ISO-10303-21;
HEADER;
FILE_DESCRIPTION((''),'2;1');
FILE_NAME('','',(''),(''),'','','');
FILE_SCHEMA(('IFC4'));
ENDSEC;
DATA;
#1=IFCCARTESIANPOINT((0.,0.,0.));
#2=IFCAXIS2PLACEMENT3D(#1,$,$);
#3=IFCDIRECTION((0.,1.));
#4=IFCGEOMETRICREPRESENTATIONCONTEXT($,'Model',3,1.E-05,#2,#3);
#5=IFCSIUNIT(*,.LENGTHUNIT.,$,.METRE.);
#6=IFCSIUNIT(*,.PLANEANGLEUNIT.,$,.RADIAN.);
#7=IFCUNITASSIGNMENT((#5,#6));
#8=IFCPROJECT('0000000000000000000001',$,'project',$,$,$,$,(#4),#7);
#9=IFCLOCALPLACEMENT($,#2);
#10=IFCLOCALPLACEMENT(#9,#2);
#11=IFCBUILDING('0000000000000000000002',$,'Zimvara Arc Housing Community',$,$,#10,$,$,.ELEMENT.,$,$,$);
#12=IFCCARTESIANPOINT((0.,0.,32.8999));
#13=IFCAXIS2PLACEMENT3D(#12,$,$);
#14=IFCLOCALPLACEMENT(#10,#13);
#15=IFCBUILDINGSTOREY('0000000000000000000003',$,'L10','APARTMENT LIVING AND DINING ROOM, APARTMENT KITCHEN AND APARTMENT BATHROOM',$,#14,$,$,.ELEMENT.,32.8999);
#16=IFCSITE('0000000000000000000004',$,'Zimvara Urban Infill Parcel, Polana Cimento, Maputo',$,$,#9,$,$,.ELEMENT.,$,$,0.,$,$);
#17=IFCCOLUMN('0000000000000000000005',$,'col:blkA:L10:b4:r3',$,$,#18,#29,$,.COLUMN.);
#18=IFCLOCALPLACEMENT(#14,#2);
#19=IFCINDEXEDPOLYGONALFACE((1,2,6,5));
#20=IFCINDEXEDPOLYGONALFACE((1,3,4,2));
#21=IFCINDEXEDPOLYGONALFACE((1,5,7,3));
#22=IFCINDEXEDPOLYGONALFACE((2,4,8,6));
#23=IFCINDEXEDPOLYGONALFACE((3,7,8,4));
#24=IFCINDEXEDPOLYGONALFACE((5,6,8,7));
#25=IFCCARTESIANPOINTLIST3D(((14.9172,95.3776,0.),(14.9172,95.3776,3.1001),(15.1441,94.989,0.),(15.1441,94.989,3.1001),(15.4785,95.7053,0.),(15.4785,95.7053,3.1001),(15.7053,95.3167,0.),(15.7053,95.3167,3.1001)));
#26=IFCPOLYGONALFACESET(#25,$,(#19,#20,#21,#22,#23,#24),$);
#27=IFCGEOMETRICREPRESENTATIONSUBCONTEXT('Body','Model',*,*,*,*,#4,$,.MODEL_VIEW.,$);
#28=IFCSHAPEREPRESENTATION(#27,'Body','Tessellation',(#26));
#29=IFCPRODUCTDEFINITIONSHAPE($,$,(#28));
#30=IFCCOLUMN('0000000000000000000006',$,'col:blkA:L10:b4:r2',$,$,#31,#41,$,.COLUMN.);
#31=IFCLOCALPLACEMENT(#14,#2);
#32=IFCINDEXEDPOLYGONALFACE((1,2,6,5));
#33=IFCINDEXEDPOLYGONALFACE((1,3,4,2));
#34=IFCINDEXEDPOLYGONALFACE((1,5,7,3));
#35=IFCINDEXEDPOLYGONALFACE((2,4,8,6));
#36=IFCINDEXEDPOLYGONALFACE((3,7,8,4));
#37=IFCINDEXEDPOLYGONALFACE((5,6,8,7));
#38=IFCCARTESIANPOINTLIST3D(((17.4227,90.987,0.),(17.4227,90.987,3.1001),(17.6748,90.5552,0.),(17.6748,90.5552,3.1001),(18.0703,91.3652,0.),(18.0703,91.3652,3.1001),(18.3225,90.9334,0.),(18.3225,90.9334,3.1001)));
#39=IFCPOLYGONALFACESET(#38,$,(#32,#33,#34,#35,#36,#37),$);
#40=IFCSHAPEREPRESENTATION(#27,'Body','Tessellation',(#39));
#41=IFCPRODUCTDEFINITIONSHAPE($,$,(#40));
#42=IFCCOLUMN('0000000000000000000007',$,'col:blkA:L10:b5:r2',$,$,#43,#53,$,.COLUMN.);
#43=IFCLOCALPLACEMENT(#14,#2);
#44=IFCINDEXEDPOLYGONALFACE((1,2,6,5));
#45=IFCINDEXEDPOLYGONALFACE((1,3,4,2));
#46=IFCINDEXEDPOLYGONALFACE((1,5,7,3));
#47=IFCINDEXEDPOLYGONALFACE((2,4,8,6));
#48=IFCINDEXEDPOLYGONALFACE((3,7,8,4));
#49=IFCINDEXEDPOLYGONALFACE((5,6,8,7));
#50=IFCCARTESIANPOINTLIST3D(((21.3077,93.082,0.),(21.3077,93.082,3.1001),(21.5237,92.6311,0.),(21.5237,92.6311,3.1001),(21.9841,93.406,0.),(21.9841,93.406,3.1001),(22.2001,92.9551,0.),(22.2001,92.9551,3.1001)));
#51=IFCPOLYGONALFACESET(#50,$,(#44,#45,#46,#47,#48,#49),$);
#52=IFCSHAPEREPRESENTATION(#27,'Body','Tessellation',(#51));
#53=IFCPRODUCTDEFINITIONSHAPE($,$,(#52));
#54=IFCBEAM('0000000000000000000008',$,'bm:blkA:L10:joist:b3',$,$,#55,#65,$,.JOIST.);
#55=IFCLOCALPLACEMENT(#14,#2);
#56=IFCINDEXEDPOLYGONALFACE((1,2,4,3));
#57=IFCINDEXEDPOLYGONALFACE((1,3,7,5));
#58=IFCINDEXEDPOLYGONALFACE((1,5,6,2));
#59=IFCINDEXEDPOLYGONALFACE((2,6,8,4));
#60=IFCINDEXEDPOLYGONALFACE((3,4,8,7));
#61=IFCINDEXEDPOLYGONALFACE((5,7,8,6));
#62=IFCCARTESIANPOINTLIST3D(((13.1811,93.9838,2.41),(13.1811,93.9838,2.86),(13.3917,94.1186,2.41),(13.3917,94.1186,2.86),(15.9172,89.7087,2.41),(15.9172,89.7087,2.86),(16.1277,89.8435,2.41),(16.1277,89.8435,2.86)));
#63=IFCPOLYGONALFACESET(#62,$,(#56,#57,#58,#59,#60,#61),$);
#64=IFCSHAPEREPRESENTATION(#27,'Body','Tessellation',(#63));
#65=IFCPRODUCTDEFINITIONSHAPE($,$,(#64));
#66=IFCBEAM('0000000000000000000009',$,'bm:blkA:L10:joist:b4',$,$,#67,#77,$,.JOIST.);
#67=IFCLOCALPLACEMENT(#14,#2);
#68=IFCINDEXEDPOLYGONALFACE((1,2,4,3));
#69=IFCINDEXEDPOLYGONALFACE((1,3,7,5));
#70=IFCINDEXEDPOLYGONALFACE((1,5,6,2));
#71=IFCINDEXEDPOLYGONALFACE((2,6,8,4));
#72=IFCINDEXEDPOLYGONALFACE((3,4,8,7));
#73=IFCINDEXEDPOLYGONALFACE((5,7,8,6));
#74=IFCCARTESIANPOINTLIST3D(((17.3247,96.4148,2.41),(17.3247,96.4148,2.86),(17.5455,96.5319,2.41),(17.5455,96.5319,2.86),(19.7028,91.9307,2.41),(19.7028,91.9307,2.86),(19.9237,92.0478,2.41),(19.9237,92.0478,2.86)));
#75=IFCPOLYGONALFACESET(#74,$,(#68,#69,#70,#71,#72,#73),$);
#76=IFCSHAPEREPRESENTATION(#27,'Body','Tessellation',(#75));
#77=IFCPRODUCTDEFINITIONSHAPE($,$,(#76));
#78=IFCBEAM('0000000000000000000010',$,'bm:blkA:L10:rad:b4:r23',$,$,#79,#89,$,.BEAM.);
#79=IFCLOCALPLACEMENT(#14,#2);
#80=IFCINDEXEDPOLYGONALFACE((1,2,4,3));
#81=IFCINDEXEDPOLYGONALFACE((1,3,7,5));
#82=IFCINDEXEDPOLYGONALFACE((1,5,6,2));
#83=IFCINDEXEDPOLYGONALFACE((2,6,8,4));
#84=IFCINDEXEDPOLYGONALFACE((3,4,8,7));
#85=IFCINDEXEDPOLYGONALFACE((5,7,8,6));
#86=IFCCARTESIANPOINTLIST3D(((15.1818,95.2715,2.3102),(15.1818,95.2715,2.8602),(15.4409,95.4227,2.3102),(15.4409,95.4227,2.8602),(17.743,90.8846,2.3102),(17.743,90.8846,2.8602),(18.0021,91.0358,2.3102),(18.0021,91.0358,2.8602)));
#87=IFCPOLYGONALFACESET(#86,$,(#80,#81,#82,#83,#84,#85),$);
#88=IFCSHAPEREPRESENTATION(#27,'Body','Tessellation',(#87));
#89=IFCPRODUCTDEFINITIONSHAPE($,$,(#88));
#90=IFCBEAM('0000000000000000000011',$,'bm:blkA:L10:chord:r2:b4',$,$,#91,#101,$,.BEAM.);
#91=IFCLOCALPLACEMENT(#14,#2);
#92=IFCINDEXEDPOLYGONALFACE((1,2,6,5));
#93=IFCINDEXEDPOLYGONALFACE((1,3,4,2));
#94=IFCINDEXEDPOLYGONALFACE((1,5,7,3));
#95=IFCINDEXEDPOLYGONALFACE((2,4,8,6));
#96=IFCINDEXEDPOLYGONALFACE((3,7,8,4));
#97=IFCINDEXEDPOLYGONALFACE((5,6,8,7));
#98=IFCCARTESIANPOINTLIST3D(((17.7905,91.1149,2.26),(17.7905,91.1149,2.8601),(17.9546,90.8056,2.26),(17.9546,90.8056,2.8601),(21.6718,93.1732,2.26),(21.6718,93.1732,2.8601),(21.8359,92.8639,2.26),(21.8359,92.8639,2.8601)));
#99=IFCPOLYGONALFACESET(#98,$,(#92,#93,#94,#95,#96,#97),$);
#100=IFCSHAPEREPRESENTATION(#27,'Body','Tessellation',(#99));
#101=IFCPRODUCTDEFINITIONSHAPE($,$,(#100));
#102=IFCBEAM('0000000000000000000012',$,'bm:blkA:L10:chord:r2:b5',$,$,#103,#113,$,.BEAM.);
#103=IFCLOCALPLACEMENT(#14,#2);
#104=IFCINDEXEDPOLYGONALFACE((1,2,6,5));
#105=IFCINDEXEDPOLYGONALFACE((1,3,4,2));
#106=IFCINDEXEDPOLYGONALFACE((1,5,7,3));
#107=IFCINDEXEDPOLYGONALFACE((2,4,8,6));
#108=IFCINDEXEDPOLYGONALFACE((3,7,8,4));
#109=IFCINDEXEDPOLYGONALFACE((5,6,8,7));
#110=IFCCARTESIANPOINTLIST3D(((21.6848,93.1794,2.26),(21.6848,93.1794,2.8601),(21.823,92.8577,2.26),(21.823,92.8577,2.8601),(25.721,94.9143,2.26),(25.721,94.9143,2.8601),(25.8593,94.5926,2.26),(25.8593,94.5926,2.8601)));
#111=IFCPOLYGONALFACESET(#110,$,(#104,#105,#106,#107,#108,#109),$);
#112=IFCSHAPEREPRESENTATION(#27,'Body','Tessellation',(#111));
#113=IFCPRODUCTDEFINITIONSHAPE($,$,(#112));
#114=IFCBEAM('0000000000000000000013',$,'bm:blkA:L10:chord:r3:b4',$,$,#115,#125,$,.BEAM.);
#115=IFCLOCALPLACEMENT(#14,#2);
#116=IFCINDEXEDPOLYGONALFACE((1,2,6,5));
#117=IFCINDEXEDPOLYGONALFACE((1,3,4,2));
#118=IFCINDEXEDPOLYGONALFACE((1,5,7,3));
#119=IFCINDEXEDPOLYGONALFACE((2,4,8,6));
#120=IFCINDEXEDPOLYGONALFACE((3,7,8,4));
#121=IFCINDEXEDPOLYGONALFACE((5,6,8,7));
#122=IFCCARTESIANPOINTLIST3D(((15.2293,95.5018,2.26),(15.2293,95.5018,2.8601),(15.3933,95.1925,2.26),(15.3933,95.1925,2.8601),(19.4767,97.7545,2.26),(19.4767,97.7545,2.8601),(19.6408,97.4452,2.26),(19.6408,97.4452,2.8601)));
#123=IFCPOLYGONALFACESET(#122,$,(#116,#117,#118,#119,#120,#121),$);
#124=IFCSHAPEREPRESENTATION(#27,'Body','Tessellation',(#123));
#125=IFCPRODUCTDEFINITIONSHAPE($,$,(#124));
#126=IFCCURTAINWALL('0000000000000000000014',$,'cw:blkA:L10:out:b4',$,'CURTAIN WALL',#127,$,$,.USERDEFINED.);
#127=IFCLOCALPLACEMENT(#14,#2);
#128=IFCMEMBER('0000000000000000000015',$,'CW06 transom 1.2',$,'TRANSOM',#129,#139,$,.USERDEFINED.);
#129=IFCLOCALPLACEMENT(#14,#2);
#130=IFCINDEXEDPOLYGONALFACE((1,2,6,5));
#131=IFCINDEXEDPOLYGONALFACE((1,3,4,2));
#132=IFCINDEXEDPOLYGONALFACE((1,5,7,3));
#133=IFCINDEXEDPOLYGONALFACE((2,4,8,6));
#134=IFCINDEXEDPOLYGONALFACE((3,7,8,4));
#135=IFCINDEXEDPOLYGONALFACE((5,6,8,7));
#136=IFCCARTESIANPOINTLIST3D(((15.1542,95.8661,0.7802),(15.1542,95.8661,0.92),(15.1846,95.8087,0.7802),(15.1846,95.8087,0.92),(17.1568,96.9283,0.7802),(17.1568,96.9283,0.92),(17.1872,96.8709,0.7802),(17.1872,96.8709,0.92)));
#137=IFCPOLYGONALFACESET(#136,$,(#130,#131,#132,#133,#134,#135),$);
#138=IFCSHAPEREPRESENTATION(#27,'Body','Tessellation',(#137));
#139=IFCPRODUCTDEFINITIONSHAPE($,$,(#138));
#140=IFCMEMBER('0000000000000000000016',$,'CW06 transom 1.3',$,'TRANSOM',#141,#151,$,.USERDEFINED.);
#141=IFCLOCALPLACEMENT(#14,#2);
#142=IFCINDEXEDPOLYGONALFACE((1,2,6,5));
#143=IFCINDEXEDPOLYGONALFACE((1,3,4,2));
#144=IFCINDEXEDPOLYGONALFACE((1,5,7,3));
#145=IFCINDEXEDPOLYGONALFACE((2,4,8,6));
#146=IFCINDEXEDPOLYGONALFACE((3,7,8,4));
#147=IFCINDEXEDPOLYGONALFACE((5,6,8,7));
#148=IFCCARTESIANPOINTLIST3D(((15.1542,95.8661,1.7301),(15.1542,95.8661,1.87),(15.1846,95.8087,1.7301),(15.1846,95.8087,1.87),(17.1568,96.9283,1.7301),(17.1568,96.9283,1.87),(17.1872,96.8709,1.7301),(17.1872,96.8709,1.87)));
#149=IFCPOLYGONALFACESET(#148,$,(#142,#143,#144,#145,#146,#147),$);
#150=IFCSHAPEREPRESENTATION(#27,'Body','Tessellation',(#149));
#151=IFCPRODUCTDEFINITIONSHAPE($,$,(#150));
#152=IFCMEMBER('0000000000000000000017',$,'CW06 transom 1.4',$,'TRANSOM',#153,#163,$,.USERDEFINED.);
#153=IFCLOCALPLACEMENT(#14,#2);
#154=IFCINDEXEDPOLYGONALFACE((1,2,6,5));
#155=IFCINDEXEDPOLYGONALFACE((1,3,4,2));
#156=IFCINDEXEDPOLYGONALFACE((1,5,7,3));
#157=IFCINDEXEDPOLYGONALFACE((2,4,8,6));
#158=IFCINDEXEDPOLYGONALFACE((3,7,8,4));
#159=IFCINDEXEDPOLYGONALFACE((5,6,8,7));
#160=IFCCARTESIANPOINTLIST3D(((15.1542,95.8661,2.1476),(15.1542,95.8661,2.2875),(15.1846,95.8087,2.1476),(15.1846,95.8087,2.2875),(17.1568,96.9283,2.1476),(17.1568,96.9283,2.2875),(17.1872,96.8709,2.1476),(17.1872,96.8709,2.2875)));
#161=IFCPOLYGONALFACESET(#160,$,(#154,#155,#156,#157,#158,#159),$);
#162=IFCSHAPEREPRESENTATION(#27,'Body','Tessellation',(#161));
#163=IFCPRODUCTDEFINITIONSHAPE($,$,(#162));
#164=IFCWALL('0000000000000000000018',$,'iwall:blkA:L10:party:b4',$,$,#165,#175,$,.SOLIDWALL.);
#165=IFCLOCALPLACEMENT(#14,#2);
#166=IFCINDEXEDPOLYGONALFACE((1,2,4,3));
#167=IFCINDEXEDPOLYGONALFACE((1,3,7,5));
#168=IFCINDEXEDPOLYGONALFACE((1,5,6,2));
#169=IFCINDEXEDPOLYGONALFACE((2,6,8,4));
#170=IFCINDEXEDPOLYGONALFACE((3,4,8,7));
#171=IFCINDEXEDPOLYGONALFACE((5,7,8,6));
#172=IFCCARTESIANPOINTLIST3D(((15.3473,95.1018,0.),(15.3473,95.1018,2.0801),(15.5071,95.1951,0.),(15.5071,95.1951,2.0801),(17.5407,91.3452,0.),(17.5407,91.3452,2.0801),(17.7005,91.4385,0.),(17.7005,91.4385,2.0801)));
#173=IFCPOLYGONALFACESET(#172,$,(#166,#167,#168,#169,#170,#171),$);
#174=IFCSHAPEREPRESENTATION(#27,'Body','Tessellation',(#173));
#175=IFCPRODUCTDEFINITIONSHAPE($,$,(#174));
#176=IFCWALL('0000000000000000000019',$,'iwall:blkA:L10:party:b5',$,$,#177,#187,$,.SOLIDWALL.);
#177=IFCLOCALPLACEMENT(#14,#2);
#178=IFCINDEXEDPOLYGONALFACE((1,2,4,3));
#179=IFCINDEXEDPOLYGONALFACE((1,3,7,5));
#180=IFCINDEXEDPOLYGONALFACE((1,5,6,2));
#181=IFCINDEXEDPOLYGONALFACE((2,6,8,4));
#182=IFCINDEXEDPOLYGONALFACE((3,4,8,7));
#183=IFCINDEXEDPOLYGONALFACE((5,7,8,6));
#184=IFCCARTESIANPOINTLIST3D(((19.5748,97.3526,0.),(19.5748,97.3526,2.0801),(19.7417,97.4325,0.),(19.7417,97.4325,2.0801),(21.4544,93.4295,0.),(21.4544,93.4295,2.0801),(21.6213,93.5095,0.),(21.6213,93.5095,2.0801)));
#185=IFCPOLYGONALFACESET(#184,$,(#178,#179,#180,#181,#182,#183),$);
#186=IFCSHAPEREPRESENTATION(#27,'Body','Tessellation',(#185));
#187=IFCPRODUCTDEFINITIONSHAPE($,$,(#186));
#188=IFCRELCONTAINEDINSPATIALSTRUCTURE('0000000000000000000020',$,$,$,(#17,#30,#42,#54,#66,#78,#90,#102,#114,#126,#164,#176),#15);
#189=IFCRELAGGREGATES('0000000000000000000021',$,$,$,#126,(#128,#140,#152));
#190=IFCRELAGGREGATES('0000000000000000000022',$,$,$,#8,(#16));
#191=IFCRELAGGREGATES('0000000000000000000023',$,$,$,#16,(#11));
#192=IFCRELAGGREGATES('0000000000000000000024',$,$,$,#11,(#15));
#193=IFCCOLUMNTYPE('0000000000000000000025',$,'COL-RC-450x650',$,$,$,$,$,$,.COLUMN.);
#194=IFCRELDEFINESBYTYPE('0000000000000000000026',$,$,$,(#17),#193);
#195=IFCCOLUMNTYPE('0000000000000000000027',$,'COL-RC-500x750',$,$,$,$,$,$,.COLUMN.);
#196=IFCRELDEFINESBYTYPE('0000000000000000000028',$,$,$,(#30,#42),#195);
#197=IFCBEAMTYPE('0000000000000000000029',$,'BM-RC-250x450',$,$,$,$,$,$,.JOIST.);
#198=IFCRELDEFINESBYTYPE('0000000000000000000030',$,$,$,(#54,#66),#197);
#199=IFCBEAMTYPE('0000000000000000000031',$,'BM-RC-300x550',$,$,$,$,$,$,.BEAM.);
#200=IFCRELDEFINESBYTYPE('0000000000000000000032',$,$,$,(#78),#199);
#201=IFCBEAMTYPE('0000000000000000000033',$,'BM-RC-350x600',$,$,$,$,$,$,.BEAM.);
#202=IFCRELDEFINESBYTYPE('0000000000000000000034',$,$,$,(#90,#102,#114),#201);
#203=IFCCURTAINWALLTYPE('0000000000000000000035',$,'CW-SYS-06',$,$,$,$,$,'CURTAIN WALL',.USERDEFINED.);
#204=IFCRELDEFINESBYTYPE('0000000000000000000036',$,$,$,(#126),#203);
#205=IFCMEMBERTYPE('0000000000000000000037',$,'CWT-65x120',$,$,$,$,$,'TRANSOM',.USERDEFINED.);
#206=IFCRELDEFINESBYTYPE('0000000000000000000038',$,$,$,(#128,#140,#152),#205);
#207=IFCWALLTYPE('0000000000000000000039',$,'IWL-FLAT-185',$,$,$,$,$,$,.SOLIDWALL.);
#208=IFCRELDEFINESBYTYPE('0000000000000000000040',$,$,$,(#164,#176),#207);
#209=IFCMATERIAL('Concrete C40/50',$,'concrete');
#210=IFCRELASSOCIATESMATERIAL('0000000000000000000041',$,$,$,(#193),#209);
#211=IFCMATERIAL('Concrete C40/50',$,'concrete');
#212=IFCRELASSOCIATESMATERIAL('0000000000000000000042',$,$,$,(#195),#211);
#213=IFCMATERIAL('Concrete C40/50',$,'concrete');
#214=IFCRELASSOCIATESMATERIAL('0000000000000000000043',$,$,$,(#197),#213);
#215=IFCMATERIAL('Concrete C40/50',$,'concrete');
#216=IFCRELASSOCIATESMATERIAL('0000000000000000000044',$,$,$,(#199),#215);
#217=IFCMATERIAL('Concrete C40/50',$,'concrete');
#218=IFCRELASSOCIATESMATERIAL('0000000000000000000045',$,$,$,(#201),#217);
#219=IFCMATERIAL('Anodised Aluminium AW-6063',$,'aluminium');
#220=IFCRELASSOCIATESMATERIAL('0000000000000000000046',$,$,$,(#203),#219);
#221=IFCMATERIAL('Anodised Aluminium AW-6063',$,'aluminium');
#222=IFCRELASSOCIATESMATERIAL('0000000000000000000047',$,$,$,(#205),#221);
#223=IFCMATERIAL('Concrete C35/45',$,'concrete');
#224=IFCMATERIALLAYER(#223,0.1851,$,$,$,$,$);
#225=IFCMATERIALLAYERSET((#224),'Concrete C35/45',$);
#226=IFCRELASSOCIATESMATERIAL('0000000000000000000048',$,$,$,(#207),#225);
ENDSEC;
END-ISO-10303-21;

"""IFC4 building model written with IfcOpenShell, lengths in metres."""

from ifc_helpers import new_model, si_unit, direction, frame, frame_2d, origin, origin_2d, place, context, subcontext, project, spatial, rectangle, extrude, material, layer, layer_set, material_profile, profile_set, type_object, element, aggregate, save


model = new_model("IFC4")

# Units and contexts
model_context = context("Model", 3, precision=1e-05, world=origin(), true_north=direction((0.0, 1.0)))
body_context = subcontext(model_context, "Body", "Model", "MODEL_VIEW")
ifc_project = project(units=[si_unit("LENGTHUNIT", "METRE"), si_unit("PLANEANGLEUNIT", "RADIAN")], contexts=[model_context])

# Site, building, storey
site_placement = place(None, origin())
site = spatial("IfcSite", under=ifc_project, at=site_placement, Name="Zimvara Urban Infill Parcel, Polana Cimento, Maputo", CompositionType="ELEMENT", RefElevation=0.0)
building_placement = place(site_placement, origin())
building = spatial("IfcBuilding", under=site, at=building_placement, Name="Zimvara Arc Housing Community", CompositionType="ELEMENT")
storey_placement = place(building_placement, frame((0.0, 0.0, 32.8999)))
storey = spatial("IfcBuildingStorey", under=building, at=storey_placement, Name="L10", Description="APARTMENT LIVING AND DINING ROOM, APARTMENT KITCHEN AND APARTMENT BATHROOM", CompositionType="ELEMENT", Elevation=32.8999)

# Columns
ifc_material_1 = material(Name="Concrete C40/50", Category="concrete")
ifc_material_profile_1 = material_profile(ifc_material_1, rectangle(XDim=0.45, YDim=0.6499, at=origin_2d()), Name="RC 450x650")
ifc_profile_set_1 = profile_set([ifc_material_profile_1], Name="Concrete C40/50")
column_type_1 = type_object("IfcColumnType", Name="COL-RC-450x650", PredefinedType="COLUMN", material=ifc_profile_set_1)
column_placement = place(storey_placement, frame((15.3113, 95.3472, 0.0), z_axis=(0.0, 0.0, 1.0), x_axis=(-0.504226, 0.863572, 0.0)))
element("IfcColumn", 1, at=column_placement, inside=storey, type_object=column_type_1, Name="col:blkA:L10:b4:r3", PredefinedType="COLUMN", context=body_context, shape_type="SweptSolid", body=[
    extrude(rectangle(XDim=0.45, YDim=0.6499, at=origin_2d()), origin(), (0.0, 0.0, 1.0), 3.1001),
])
ifc_material_2 = material(Name="Concrete C40/50", Category="concrete")
ifc_material_profile_2 = material_profile(ifc_material_2, rectangle(XDim=0.5, YDim=0.75, at=origin_2d()), Name="RC 500x750")
ifc_profile_set_2 = profile_set([ifc_material_profile_2], Name="Concrete C40/50")
column_type_2 = type_object("IfcColumnType", Name="COL-RC-500x750", PredefinedType="COLUMN", material=ifc_profile_set_2)
for number, where, z_axis, x_axis, name in (
    (2, (17.8726, 90.9602, 0.0), (0.0, 0.0, 1.0), (-0.504226, 0.863572, 0.0), "col:blkA:L10:b4:r2"),
    (3, (21.7539, 93.0186, 0.0), (0.0, 0.0, 1.0), (-0.432086, 0.901833, 0.0), "col:blkA:L10:b5:r2"),
):
    element("IfcColumn", number, at=place(storey_placement, frame(where, z_axis=z_axis, x_axis=x_axis)), inside=storey, type_object=column_type_2, Name=name, PredefinedType="COLUMN", context=body_context, shape_type="SweptSolid", body=[
        extrude(rectangle(XDim=0.5, YDim=0.75, at=origin_2d()), origin(), (0.0, 0.0, 1.0), 3.1001),
    ])

# Beams
ifc_material_3 = material(Name="Concrete C40/50", Category="concrete")
ifc_material_profile_3 = material_profile(ifc_material_3, rectangle(XDim=0.25, YDim=0.45, at=origin_2d()), Name="RC 250x450")
ifc_profile_set_3 = profile_set([ifc_material_profile_3], Name="Concrete C40/50")
beam_type_1 = type_object("IfcBeamType", Name="BM-RC-250x450", PredefinedType="JOIST", material=ifc_profile_set_3)
for number, where, z_axis, x_axis, name in (
    (4, (16.0225, 89.7761, 2.635), (-0.539052, 0.842272, 0.0), (-0.842272, -0.539052, 0.0), "bm:blkA:L10:joist:b3"),
    (5, (19.8132, 91.9893, 2.635), (-0.468537, 0.883444, 0.0), (-0.883444, -0.468537, 0.0), "bm:blkA:L10:joist:b4"),
):
    element("IfcBeam", number, at=place(storey_placement, frame(where, z_axis=z_axis, x_axis=x_axis)), inside=storey, type_object=beam_type_1, Name=name, PredefinedType="JOIST", context=body_context, shape_type="SweptSolid", body=[
        extrude(rectangle(XDim=0.25, YDim=0.45, at=origin_2d()), origin(), (0.0, 0.0, 1.0), 5.0757),
    ])
ifc_material_4 = material(Name="Concrete C40/50", Category="concrete")
ifc_material_profile_4 = material_profile(ifc_material_4, rectangle(XDim=0.3, YDim=0.55, at=origin_2d()), Name="RC 300x550")
ifc_profile_set_4 = profile_set([ifc_material_profile_4], Name="Concrete C40/50")
beam_type_2 = type_object("IfcBeamType", Name="BM-RC-300x550", PredefinedType="BEAM", material=ifc_profile_set_4)
beam_1_placement = place(storey_placement, frame((17.8726, 90.9602, 2.5852), z_axis=(-0.504197, 0.863589, 0.0), x_axis=(-0.863589, -0.504197, 0.0)))
element("IfcBeam", 6, at=beam_1_placement, inside=storey, type_object=beam_type_2, Name="bm:blkA:L10:rad:b4:r23", PredefinedType="BEAM", context=body_context, shape_type="SweptSolid", body=[
    extrude(rectangle(XDim=0.3, YDim=0.55, at=origin_2d()), origin(), (0.0, 0.0, 1.0), 5.0798),
])
ifc_material_5 = material(Name="Concrete C40/50", Category="concrete")
ifc_material_profile_5 = material_profile(ifc_material_5, rectangle(XDim=0.3501, YDim=0.6001, at=origin_2d()), Name="RC 350x600")
ifc_profile_set_5 = profile_set([ifc_material_profile_5], Name="Concrete C40/50")
beam_type_3 = type_object("IfcBeamType", Name="BM-RC-350x600", PredefinedType="BEAM", material=ifc_profile_set_5)
for number, where, z_axis, x_axis, name in (
    (7, (17.8726, 90.9602, 2.5601), (0.883457, 0.468513, 0.0), (-0.468513, 0.883457, 0.0), "bm:blkA:L10:chord:r2:b4"),
    (8, (21.7539, 93.0186, 2.5601), (0.918725, 0.394898, 0.0), (-0.394898, 0.918725, 0.0), "bm:blkA:L10:chord:r2:b5"),
):
    element("IfcBeam", number, at=place(storey_placement, frame(where, z_axis=z_axis, x_axis=x_axis)), inside=storey, type_object=beam_type_3, Name=name, PredefinedType="BEAM", context=body_context, shape_type="SweptSolid", body=[
        extrude(rectangle(XDim=0.3501, YDim=0.6001, at=origin_2d()), origin(), (0.0, 0.0, 1.0), 4.3933),
    ])
beam_2_placement = place(storey_placement, frame((15.3113, 95.3472, 2.5601), z_axis=(0.883446, 0.468534, 0.0), x_axis=(-0.468534, 0.883446, 0.0)))
element("IfcBeam", 9, at=beam_2_placement, inside=storey, type_object=beam_type_3, Name="bm:blkA:L10:chord:r3:b4", PredefinedType="BEAM", context=body_context, shape_type="SweptSolid", body=[
    extrude(rectangle(XDim=0.3501, YDim=0.6001, at=origin_2d()), origin(), (0.0, 0.0, 1.0), 4.8079),
])

# Curtain wall, members
ifc_material_6 = material(Name="Anodised Aluminium AW-6063", Category="aluminium")
curtain_wall_type = type_object("IfcCurtainWallType", Name="CW-SYS-06", ElementType="CURTAIN WALL", PredefinedType="USERDEFINED", material=ifc_material_6)
curtain_wall_placement = place(storey_placement, origin())
curtain_wall = element("IfcCurtainWall", 10, at=curtain_wall_placement, inside=storey, type_object=curtain_wall_type, Name="cw:blkA:L10:out:b4", ObjectType="CURTAIN WALL", PredefinedType="USERDEFINED")
ifc_material_7 = material(Name="Anodised Aluminium AW-6063", Category="aluminium")
ifc_material_profile_6 = material_profile(ifc_material_7, rectangle(XDim=0.0649, YDim=0.1399, at=origin_2d()), Name="ALU 65x140")
ifc_profile_set_6 = profile_set([ifc_material_profile_6], Name="Anodised Aluminium AW-6063")
member_type = type_object("IfcMemberType", Name="CWT-65x120", ElementType="TRANSOM", PredefinedType="USERDEFINED", material=ifc_profile_set_6)
member_1_placement = place(storey_placement, frame((15.1694, 95.8374, 0.8501), z_axis=(0.883421, 0.46858, 0.0), x_axis=(-0.46858, 0.883421, 0.0)))
member_1 = element("IfcMember", 11, at=member_1_placement, type_object=member_type, Name="CW06 transom 1.2", ObjectType="TRANSOM", PredefinedType="USERDEFINED", context=body_context, shape_type="SweptSolid", body=[
    extrude(rectangle(XDim=0.0649, YDim=0.1399, at=origin_2d()), origin(), (0.0, 0.0, 1.0), 2.2668),
])
member_2_placement = place(storey_placement, frame((15.1694, 95.8374, 1.8), z_axis=(0.883421, 0.46858, 0.0), x_axis=(-0.46858, 0.883421, 0.0)))
member_2 = element("IfcMember", 12, at=member_2_placement, type_object=member_type, Name="CW06 transom 1.3", ObjectType="TRANSOM", PredefinedType="USERDEFINED", context=body_context, shape_type="SweptSolid", body=[
    extrude(rectangle(XDim=0.0649, YDim=0.1399, at=origin_2d()), origin(), (0.0, 0.0, 1.0), 2.2668),
])
member_3_placement = place(storey_placement, frame((15.1694, 95.8374, 2.2175), z_axis=(0.883421, 0.46858, 0.0), x_axis=(-0.46858, 0.883421, 0.0)))
member_3 = element("IfcMember", 13, at=member_3_placement, type_object=member_type, Name="CW06 transom 1.4", ObjectType="TRANSOM", PredefinedType="USERDEFINED", context=body_context, shape_type="SweptSolid", body=[
    extrude(rectangle(XDim=0.0649, YDim=0.1399, at=origin_2d()), origin(), (0.0, 0.0, 1.0), 2.2668),
])
aggregate(curtain_wall, [member_1, member_2, member_3])

# Walls
ifc_material_8 = material(Name="Concrete C35/45", Category="concrete")
ifc_layer_1 = layer(ifc_material_8, 0.1851)
ifc_layer_set_1 = layer_set([ifc_layer_1], Name="Concrete C35/45")
wall_type_1 = type_object("IfcWallType", Name="IWL-FLAT-185", PredefinedType="SOLIDWALL", material=ifc_layer_set_1)
for number, where, z_axis, x_axis, name in (
    (14, (17.6206, 91.3918, 0.0), (0.0, 0.0, 1.0), (-0.504216, 0.863577, 0.0), "iwall:blkA:L10:party:b4"),
    (15, (21.5378, 93.4695, 0.0), (0.0, 0.0, 1.0), (-0.432087, 0.901832, 0.0), "iwall:blkA:L10:party:b5"),
):
    element("IfcWall", number, at=place(storey_placement, frame(where, z_axis=z_axis, x_axis=x_axis)), inside=storey, type_object=wall_type_1, Name=name, PredefinedType="SOLIDWALL", context=body_context, shape_type="SweptSolid", body=[
        extrude(rectangle(XDim=4.3501, YDim=0.1851, at=frame_2d((2.175, 0.0))), origin(), (0.0, 0.0, 1.0), 2.0801),
    ])

save(model, "model.ifc")
